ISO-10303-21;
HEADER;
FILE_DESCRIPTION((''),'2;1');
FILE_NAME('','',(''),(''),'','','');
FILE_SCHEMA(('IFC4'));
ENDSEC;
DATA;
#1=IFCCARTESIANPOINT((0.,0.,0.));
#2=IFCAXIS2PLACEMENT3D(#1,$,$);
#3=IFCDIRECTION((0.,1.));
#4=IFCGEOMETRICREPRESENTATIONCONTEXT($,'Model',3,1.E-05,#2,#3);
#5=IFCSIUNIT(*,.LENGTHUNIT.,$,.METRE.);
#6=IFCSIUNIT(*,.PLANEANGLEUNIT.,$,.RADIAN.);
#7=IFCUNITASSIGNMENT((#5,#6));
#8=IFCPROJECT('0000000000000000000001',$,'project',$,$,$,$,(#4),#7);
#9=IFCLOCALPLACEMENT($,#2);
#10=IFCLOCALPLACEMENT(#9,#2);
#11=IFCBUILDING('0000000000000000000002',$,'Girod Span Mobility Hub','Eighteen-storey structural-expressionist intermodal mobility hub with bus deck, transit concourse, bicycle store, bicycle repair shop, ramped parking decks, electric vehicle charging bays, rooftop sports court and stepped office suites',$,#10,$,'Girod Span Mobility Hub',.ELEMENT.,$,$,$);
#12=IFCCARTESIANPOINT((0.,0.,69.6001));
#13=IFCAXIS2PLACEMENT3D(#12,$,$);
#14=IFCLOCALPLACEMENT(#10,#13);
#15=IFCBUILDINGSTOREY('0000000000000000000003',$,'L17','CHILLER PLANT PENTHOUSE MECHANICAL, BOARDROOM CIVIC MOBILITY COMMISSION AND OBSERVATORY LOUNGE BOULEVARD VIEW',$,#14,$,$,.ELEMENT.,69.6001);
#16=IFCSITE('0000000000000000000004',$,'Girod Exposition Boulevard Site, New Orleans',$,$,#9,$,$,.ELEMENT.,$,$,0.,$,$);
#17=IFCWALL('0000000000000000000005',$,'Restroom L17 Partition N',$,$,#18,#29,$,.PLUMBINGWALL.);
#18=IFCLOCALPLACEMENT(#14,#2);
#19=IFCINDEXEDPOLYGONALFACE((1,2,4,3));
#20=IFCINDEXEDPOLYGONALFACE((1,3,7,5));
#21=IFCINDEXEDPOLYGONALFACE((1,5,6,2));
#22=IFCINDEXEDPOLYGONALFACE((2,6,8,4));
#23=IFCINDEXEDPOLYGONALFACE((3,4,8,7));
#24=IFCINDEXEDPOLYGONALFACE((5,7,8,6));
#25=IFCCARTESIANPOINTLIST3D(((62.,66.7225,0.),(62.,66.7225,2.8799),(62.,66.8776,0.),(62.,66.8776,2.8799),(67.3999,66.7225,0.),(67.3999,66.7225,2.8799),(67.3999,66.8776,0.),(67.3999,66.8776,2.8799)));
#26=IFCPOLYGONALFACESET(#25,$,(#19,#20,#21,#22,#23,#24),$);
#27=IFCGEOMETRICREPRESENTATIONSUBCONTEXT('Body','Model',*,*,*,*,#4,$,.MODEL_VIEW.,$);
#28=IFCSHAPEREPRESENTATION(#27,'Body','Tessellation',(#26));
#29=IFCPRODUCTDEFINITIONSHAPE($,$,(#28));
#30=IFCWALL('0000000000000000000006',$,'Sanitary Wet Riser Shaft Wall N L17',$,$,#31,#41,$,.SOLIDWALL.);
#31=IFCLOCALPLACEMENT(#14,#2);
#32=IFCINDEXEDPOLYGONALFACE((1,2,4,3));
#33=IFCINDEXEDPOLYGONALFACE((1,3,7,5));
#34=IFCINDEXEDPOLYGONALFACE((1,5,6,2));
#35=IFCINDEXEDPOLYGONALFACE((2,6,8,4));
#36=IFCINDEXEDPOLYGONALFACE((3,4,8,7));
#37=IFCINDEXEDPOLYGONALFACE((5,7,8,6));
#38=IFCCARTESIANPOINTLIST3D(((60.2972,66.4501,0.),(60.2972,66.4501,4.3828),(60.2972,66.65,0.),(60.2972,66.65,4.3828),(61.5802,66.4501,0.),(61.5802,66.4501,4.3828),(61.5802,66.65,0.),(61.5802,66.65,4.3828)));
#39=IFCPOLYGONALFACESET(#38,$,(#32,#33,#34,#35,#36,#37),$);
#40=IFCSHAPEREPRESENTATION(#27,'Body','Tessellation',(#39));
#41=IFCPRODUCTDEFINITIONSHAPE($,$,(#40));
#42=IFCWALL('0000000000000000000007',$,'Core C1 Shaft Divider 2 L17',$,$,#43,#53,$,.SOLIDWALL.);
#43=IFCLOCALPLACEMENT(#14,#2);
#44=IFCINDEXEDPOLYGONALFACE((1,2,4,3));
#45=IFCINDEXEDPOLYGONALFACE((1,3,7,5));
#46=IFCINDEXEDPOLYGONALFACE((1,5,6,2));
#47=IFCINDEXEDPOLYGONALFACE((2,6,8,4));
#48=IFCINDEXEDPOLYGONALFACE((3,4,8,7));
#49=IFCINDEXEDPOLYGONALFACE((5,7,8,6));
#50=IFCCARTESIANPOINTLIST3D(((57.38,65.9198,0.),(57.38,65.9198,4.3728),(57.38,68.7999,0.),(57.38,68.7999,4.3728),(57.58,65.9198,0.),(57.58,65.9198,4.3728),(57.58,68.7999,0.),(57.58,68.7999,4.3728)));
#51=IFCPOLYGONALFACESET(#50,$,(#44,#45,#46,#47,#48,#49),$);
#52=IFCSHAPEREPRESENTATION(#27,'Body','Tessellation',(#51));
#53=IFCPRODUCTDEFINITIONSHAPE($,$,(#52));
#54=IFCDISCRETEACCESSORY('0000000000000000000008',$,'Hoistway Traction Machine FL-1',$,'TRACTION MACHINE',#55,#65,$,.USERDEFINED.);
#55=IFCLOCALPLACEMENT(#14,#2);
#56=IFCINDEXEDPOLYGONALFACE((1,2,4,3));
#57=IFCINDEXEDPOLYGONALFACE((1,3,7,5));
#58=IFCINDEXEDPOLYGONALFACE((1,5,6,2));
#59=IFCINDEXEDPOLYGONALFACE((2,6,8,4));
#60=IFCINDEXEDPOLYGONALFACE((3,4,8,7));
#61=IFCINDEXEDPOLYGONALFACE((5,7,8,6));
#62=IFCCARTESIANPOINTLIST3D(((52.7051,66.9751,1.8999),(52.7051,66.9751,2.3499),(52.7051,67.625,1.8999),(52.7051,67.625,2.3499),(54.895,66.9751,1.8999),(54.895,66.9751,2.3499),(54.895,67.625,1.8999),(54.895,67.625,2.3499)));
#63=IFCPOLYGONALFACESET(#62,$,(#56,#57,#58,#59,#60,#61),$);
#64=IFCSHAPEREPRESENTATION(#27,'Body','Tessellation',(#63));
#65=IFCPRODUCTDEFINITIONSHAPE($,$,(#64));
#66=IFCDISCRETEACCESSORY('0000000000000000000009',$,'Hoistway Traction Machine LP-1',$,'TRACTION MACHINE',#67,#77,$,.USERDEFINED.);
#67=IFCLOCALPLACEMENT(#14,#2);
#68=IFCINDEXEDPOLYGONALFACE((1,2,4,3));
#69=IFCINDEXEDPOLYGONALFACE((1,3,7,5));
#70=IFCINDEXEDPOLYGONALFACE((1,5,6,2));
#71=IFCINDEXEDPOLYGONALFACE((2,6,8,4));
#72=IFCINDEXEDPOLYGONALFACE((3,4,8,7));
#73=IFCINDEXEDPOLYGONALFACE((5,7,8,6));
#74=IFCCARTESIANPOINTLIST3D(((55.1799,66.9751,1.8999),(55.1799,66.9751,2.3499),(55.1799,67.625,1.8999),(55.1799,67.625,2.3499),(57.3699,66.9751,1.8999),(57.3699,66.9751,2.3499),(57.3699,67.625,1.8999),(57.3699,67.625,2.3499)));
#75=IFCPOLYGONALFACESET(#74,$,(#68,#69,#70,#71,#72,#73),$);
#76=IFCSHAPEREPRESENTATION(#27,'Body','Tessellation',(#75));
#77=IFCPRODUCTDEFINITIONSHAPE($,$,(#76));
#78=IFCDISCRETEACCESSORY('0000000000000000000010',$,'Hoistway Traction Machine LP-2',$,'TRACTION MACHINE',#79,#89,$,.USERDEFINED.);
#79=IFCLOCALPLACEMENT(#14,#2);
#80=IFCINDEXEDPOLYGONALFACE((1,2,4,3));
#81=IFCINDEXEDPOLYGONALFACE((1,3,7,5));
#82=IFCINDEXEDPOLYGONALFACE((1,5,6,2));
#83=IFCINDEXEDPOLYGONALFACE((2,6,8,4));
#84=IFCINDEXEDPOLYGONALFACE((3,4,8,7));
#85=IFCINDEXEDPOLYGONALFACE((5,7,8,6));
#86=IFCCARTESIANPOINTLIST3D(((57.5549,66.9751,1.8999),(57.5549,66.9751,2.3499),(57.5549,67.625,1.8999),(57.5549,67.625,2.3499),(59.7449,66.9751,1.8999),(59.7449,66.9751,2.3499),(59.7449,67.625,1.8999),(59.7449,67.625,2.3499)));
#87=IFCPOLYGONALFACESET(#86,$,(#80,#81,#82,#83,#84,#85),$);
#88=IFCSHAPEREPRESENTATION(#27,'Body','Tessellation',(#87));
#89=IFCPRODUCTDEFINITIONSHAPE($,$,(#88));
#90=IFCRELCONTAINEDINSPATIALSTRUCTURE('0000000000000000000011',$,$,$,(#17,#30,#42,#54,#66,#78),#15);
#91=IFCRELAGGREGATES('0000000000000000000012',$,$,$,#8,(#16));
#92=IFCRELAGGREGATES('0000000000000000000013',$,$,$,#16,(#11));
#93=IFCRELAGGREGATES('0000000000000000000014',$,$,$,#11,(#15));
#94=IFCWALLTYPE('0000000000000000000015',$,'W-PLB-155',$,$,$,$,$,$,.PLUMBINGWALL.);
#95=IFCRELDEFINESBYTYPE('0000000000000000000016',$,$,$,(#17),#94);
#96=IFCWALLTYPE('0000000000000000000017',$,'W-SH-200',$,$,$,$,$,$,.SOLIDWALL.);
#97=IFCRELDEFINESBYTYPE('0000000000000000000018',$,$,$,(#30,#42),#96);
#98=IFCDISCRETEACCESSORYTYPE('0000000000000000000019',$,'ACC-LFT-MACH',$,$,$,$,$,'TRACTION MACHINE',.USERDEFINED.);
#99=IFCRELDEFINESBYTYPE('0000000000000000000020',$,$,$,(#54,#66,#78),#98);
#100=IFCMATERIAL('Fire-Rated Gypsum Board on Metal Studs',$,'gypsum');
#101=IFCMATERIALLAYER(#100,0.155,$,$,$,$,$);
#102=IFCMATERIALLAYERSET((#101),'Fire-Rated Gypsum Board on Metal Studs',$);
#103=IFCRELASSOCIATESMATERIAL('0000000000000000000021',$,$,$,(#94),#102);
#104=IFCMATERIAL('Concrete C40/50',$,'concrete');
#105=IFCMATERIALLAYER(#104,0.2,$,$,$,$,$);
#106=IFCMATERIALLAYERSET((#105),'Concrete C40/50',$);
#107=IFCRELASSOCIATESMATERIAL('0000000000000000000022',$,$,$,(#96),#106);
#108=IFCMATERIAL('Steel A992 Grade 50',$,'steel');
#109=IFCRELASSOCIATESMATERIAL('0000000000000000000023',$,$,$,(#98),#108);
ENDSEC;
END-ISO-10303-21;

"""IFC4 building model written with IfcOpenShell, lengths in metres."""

from ifc_helpers import new_model, si_unit, direction, frame, frame_2d, origin, origin_2d, place, context, subcontext, project, spatial, rectangle, extrude, material, layer, layer_set, type_object, element, save


model = new_model("IFC4")

# Units and contexts
model_context = context("Model", 3, precision=1e-05, world=origin(), true_north=direction((0.0, 1.0)))
body_context = subcontext(model_context, "Body", "Model", "MODEL_VIEW")
ifc_project = project(units=[si_unit("LENGTHUNIT", "METRE"), si_unit("PLANEANGLEUNIT", "RADIAN")], contexts=[model_context])

# Site, building, storey
site_placement = place(None, origin())
site = spatial("IfcSite", under=ifc_project, at=site_placement, Name="Girod Exposition Boulevard Site, New Orleans", CompositionType="ELEMENT", RefElevation=0.0)
building_placement = place(site_placement, origin())
building = spatial("IfcBuilding", under=site, at=building_placement, Name="Girod Span Mobility Hub", Description="Eighteen-storey structural-expressionist intermodal mobility hub with bus deck, transit concourse, bicycle store, bicycle repair shop, ramped parking decks, electric vehicle charging bays, rooftop sports court and stepped office suites", LongName="Girod Span Mobility Hub", CompositionType="ELEMENT")
storey_placement = place(building_placement, frame((0.0, 0.0, 69.6001)))
storey = spatial("IfcBuildingStorey", under=building, at=storey_placement, Name="L17", Description="CHILLER PLANT PENTHOUSE MECHANICAL, BOARDROOM CIVIC MOBILITY COMMISSION AND OBSERVATORY LOUNGE BOULEVARD VIEW", CompositionType="ELEMENT", Elevation=69.6001)

# Walls
ifc_material_1 = material(Name="Fire-Rated Gypsum Board on Metal Studs", Category="gypsum")
ifc_layer_1 = layer(ifc_material_1, 0.155)
ifc_layer_set_1 = layer_set([ifc_layer_1], Name="Fire-Rated Gypsum Board on Metal Studs")
wall_type_1 = type_object("IfcWallType", Name="W-PLB-155", PredefinedType="PLUMBINGWALL", material=ifc_layer_set_1)
wall_1_placement = place(storey_placement, frame((62.0, 66.8, 0.0), z_axis=(0.0, 0.0, 1.0), x_axis=(1.0, 0.0, 0.0)))
element("IfcWall", 1, at=wall_1_placement, inside=storey, type_object=wall_type_1, Name="Restroom L17 Partition N", PredefinedType="PLUMBINGWALL", context=body_context, shape_type="SweptSolid", body=[
    extrude(rectangle(XDim=5.3999, YDim=0.155, at=frame_2d((2.7, 0.0))), origin(), (0.0, 0.0, 1.0), 2.8799),
])
ifc_material_2 = material(Name="Concrete C40/50", Category="concrete")
ifc_layer_2 = layer(ifc_material_2, 0.2)
ifc_layer_set_2 = layer_set([ifc_layer_2], Name="Concrete C40/50")
wall_type_2 = type_object("IfcWallType", Name="W-SH-200", PredefinedType="SOLIDWALL", material=ifc_layer_set_2)
wall_2_placement = place(storey_placement, frame((60.2971, 66.55, 0.0), z_axis=(0.0, 0.0, 1.0), x_axis=(1.0, 0.0, 0.0)))
element("IfcWall", 2, at=wall_2_placement, inside=storey, type_object=wall_type_2, Name="Sanitary Wet Riser Shaft Wall N L17", PredefinedType="SOLIDWALL", context=body_context, shape_type="SweptSolid", body=[
    extrude(rectangle(XDim=1.283, YDim=0.2, at=frame_2d((0.6416, 0.0))), origin(), (0.0, 0.0, 1.0), 4.3828),
])
wall_3_placement = place(storey_placement, frame((57.48, 65.9199, 0.0), z_axis=(0.0, 0.0, 1.0), x_axis=(0.0, 1.0, 0.0)))
element("IfcWall", 3, at=wall_3_placement, inside=storey, type_object=wall_type_2, Name="Core C1 Shaft Divider 2 L17", PredefinedType="SOLIDWALL", context=body_context, shape_type="SweptSolid", body=[
    extrude(rectangle(XDim=2.8801, YDim=0.2, at=frame_2d((1.4399, 0.0))), origin(), (0.0, 0.0, 1.0), 4.3728),
])

# Discrete accessories
ifc_material_3 = material(Name="Steel A992 Grade 50", Category="steel")
discrete_accessory_type = type_object("IfcDiscreteAccessoryType", Name="ACC-LFT-MACH", ElementType="TRACTION MACHINE", PredefinedType="USERDEFINED", material=ifc_material_3)
for number, where, z_axis, x_axis, name in (
    (4, (53.8, 67.3, 1.8999), (0.0, 0.0, 1.0), (1.0, 0.0, 0.0), "Hoistway Traction Machine FL-1"),
    (5, (56.2749, 67.3, 1.8999), (0.0, 0.0, 1.0), (1.0, 0.0, 0.0), "Hoistway Traction Machine LP-1"),
    (6, (58.6499, 67.3, 1.8999), (0.0, 0.0, 1.0), (1.0, 0.0, 0.0), "Hoistway Traction Machine LP-2"),
):
    element("IfcDiscreteAccessory", number, at=place(storey_placement, frame(where, z_axis=z_axis, x_axis=x_axis)), inside=storey, type_object=discrete_accessory_type, Name=name, ObjectType="TRACTION MACHINE", PredefinedType="USERDEFINED", context=body_context, shape_type="SweptSolid", body=[
        extrude(rectangle(XDim=2.1899, YDim=0.6499, at=origin_2d()), origin(), (0.0, 0.0, 1.0), 0.45),
    ])

save(model, "model.ifc")
